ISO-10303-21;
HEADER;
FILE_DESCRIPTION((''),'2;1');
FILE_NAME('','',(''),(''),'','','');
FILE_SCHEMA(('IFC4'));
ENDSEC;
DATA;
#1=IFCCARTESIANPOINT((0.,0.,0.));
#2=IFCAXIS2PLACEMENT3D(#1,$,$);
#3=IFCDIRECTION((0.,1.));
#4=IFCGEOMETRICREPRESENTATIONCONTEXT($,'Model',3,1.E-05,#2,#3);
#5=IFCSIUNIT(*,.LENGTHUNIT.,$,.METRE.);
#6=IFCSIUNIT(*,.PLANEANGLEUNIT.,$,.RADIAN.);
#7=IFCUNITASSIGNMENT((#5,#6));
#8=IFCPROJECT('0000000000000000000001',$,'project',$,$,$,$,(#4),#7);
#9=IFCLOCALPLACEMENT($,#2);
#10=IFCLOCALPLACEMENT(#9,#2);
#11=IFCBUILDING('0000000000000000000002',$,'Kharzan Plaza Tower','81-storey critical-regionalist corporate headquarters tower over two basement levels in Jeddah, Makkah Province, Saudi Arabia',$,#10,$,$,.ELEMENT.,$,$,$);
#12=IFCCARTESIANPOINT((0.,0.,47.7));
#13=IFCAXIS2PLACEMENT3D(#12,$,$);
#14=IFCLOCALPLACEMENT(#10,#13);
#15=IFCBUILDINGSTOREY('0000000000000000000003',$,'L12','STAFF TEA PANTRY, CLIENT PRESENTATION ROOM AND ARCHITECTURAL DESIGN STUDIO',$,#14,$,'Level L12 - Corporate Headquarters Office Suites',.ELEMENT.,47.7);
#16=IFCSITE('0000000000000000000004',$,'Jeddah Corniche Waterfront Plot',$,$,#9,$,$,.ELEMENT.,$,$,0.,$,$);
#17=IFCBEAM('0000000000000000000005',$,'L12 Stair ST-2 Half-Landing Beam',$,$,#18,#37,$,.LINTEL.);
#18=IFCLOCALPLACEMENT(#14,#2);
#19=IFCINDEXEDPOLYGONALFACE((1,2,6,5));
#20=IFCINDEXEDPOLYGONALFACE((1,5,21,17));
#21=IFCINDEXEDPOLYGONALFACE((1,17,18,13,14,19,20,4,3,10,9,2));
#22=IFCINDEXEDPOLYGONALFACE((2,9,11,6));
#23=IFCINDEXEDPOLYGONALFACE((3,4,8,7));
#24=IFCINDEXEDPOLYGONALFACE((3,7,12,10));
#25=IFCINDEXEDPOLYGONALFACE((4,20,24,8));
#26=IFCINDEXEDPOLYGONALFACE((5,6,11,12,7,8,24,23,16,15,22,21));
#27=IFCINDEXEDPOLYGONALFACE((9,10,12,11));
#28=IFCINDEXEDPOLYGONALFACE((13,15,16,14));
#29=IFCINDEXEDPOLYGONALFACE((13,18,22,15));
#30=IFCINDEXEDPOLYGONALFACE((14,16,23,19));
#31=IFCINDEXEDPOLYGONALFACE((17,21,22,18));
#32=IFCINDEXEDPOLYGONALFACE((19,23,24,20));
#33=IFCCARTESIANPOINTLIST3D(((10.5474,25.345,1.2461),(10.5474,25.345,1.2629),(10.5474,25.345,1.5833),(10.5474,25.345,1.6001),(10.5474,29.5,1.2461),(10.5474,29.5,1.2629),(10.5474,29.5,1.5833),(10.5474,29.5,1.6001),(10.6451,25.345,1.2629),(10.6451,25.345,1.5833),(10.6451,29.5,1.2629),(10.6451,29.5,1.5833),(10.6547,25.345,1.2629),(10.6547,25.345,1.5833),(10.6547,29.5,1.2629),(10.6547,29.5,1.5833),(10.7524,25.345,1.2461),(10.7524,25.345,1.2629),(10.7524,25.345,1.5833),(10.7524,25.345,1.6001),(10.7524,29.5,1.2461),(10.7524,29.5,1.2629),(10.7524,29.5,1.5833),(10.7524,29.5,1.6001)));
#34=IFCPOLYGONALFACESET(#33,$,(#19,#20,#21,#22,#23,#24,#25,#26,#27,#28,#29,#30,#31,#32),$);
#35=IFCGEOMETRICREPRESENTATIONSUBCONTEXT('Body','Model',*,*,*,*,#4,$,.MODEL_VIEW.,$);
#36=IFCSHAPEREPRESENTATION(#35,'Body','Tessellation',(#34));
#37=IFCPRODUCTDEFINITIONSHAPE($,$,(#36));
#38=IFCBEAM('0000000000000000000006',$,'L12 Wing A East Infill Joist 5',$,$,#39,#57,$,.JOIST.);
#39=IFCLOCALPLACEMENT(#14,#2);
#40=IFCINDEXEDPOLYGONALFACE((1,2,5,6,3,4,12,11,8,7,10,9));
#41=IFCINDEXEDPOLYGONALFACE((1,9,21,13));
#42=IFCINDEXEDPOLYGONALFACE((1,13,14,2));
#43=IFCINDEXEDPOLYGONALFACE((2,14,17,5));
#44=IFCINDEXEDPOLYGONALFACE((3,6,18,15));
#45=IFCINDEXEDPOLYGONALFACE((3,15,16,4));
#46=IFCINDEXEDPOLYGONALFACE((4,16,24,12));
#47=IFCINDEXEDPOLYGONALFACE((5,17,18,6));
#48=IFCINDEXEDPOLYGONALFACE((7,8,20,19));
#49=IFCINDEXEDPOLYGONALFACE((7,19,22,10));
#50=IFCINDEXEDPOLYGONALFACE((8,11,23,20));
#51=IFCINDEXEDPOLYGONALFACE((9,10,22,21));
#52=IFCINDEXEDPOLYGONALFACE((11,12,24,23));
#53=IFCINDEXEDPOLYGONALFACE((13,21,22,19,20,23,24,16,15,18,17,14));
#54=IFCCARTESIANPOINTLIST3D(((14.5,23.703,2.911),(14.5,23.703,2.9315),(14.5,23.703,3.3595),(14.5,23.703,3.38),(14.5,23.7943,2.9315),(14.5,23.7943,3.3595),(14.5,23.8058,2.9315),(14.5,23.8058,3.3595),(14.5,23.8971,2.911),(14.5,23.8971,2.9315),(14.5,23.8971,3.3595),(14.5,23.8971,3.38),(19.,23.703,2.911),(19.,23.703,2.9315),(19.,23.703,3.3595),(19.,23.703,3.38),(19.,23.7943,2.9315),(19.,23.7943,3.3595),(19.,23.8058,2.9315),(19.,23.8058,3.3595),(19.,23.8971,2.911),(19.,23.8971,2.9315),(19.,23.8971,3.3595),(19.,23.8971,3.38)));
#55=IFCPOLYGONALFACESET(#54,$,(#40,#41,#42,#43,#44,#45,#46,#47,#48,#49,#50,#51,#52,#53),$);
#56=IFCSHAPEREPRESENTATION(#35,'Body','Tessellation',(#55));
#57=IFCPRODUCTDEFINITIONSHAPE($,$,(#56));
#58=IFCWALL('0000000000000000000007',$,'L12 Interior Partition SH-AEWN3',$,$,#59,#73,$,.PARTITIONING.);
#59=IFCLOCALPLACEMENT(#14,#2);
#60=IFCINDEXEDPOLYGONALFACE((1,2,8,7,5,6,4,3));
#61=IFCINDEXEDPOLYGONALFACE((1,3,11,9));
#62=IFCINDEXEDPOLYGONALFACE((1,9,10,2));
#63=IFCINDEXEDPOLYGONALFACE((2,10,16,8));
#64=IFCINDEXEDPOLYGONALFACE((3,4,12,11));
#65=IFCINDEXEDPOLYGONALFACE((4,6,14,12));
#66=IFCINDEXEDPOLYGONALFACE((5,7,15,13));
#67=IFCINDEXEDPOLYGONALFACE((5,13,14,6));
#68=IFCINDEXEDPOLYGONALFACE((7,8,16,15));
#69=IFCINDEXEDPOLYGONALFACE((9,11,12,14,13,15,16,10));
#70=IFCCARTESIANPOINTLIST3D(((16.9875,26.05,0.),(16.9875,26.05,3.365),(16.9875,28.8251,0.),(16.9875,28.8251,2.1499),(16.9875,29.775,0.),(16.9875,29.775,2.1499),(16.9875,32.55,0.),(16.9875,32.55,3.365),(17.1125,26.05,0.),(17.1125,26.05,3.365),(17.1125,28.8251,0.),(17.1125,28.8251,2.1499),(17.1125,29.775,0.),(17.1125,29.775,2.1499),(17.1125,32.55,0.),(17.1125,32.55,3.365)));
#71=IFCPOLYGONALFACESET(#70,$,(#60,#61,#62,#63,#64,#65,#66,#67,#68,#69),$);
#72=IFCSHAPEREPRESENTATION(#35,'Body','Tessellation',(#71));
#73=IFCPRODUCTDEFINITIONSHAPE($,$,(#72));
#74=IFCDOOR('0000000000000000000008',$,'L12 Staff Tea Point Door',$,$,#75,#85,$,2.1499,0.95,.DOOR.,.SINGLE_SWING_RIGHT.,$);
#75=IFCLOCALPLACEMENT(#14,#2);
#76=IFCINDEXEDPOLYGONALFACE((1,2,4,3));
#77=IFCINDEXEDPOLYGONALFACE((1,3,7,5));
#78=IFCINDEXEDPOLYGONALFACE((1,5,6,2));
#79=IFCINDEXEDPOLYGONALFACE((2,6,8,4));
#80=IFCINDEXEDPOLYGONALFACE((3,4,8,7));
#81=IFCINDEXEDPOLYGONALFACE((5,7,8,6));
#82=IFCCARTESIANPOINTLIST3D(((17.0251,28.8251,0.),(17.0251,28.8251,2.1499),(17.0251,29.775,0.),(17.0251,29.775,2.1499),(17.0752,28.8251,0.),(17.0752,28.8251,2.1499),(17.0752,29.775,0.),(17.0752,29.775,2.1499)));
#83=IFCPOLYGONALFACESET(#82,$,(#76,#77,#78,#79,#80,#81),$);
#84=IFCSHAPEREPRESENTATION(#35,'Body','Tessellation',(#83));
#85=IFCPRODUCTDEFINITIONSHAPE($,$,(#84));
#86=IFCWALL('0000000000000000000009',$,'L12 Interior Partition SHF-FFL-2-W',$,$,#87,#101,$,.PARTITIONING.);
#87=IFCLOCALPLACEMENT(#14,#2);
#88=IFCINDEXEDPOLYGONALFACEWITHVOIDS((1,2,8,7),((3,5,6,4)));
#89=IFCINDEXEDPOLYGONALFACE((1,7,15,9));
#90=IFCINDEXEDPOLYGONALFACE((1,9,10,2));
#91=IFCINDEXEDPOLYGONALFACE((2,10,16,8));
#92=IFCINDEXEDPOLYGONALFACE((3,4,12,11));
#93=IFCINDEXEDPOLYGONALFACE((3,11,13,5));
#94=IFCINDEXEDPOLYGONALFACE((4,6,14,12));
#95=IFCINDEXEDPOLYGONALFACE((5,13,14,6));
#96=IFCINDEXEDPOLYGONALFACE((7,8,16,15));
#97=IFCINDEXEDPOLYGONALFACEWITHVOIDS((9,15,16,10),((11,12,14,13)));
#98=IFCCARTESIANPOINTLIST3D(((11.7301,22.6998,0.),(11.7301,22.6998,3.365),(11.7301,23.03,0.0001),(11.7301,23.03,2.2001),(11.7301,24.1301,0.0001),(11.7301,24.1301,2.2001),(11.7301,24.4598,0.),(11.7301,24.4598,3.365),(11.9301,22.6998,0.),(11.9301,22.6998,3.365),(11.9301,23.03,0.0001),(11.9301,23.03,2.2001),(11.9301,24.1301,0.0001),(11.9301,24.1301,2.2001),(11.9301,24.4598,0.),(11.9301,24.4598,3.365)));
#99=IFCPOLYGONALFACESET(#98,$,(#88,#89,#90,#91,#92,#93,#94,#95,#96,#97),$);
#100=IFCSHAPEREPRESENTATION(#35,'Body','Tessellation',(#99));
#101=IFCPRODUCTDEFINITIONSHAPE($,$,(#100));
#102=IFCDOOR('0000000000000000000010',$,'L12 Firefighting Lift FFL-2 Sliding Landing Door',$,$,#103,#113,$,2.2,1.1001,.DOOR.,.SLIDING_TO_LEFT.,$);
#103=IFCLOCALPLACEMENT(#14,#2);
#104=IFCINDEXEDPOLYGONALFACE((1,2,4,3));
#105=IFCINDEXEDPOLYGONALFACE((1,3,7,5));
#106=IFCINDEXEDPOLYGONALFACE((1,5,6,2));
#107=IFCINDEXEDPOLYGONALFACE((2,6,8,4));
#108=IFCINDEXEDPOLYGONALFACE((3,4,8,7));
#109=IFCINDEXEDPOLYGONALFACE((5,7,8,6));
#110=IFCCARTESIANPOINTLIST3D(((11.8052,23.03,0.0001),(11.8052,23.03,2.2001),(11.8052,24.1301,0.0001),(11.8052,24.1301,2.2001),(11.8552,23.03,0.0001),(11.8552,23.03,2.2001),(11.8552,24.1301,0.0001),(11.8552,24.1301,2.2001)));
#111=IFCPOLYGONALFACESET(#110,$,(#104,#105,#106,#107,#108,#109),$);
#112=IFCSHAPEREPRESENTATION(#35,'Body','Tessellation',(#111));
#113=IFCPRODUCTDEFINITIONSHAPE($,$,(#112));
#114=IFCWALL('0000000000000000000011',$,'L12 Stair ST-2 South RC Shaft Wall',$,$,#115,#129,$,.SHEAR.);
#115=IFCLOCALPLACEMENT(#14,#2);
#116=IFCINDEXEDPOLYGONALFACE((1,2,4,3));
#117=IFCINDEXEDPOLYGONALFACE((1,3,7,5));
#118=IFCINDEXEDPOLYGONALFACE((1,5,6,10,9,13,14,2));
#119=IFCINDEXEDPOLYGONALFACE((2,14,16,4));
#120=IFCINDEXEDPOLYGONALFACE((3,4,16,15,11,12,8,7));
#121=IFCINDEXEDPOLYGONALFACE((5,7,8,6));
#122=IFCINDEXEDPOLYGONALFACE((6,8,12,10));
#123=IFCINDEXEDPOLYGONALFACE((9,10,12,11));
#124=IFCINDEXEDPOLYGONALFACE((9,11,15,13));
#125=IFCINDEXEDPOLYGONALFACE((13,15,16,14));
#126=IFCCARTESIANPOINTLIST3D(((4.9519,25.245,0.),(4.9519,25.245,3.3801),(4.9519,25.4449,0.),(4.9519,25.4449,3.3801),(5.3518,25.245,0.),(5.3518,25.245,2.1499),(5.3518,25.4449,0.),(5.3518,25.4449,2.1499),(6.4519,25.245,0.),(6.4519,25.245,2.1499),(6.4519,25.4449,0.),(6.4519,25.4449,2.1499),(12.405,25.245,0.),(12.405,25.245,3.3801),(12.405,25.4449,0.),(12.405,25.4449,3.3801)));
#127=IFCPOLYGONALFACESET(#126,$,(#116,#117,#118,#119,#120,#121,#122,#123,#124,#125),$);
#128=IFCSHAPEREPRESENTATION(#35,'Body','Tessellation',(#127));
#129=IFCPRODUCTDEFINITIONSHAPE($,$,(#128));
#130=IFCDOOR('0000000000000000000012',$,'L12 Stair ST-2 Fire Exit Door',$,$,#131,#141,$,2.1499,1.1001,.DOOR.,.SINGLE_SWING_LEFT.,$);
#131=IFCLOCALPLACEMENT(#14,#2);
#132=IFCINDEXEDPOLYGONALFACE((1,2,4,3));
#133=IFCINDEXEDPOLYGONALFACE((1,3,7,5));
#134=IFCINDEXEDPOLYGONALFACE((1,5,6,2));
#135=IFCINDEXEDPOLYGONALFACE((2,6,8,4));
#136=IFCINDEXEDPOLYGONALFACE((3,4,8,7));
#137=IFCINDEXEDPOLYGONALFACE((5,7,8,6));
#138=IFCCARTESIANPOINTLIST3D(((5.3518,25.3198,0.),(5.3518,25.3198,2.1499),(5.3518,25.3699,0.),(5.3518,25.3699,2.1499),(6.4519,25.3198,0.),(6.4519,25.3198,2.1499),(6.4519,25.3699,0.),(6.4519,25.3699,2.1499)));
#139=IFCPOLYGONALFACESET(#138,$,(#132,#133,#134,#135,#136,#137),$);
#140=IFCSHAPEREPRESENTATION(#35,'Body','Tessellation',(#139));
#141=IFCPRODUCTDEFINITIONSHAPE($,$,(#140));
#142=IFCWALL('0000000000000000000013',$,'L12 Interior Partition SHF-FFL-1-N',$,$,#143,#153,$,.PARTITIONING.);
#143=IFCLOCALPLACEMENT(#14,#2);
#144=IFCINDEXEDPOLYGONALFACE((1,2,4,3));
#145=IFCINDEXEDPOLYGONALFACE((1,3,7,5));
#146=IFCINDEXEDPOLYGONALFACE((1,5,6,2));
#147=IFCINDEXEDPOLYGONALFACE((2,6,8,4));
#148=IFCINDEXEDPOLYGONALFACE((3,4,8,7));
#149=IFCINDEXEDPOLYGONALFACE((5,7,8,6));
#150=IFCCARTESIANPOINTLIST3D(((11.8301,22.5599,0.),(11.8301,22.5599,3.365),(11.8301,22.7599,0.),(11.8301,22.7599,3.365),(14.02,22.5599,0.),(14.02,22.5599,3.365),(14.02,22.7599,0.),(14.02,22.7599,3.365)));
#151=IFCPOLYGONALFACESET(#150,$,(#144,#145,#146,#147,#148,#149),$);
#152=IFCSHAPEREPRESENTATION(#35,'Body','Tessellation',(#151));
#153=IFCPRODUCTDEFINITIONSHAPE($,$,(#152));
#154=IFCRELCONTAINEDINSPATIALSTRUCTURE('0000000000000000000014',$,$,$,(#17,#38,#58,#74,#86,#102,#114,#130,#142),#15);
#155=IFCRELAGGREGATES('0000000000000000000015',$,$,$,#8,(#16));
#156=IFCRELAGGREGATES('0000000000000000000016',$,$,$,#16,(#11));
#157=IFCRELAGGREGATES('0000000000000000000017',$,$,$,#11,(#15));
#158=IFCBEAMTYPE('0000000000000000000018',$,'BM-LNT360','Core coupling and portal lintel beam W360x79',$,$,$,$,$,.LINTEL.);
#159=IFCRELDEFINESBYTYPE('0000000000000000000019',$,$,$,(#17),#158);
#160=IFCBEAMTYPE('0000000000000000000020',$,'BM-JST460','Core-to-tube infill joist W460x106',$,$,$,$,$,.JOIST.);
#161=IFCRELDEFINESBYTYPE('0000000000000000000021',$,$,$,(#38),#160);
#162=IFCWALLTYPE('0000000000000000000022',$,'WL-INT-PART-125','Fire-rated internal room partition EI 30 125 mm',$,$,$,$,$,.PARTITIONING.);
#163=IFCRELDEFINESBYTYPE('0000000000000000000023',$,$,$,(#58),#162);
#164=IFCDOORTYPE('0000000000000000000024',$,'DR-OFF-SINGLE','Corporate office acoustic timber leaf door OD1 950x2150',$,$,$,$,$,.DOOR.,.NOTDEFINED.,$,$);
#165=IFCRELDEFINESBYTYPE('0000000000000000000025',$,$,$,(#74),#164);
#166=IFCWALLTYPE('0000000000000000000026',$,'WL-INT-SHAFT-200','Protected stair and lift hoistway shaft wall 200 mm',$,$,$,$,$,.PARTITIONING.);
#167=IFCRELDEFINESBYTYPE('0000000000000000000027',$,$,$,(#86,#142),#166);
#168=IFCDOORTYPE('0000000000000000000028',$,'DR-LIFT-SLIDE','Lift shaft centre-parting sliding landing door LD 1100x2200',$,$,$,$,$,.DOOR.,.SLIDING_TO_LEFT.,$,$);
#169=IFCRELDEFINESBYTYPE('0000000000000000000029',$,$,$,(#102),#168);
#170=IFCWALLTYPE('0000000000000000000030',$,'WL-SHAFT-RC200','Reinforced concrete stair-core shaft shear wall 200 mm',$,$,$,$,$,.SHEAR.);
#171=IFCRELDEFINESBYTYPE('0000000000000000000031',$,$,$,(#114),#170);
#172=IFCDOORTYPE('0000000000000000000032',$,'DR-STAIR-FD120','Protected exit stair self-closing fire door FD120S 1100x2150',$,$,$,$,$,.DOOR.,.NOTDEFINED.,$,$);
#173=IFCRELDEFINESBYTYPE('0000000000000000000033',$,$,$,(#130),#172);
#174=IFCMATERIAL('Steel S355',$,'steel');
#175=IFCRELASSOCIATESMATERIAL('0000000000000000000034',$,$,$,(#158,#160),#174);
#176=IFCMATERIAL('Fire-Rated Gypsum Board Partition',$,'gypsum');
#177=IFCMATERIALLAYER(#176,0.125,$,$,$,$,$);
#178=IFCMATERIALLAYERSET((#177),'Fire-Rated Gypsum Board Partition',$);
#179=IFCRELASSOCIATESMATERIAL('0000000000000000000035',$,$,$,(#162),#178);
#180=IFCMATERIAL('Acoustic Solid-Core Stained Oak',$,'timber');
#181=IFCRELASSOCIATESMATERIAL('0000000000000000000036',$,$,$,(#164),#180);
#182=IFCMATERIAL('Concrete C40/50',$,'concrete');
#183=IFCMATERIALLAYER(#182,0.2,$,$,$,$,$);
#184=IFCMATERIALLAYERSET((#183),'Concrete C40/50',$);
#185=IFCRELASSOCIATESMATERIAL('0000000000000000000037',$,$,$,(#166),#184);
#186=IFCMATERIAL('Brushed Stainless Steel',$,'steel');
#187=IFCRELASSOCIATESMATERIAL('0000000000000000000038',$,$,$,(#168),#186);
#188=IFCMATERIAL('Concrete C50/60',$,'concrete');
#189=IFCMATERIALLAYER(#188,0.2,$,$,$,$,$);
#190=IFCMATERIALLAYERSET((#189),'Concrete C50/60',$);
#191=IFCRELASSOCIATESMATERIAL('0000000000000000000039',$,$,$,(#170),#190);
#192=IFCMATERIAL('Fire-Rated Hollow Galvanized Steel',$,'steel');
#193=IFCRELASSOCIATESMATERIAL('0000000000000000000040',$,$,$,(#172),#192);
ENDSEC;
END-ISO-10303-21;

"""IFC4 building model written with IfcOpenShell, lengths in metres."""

from ifc_helpers import new_model, si_unit, direction, frame, frame_2d, origin, origin_2d, place, context, subcontext, project, spatial, rectangle, i_section, extrude, source, transform, mapped, material, layer, layer_set, material_profile, profile_set, type_object, element, fill, save


model = new_model("IFC4")

# Units and contexts
model_context = context("Model", 3, precision=1e-05, world=origin(), true_north=direction((0.0, 1.0)))
body_context = subcontext(model_context, "Body", "Model", "MODEL_VIEW")
ifc_project = project(units=[si_unit("LENGTHUNIT", "METRE"), si_unit("PLANEANGLEUNIT", "RADIAN")], contexts=[model_context])

# Site, building, storey
site_placement = place(None, origin())
site = spatial("IfcSite", under=ifc_project, at=site_placement, Name="Jeddah Corniche Waterfront Plot", CompositionType="ELEMENT", RefElevation=0.0)
building_placement = place(site_placement, origin())
building = spatial("IfcBuilding", under=site, at=building_placement, Name="Kharzan Plaza Tower", Description="81-storey critical-regionalist corporate headquarters tower over two basement levels in Jeddah, Makkah Province, Saudi Arabia", CompositionType="ELEMENT")
storey_placement = place(building_placement, frame((0.0, 0.0, 47.7)))
storey = spatial("IfcBuildingStorey", under=building, at=storey_placement, Name="L12", Description="STAFF TEA PANTRY, CLIENT PRESENTATION ROOM AND ARCHITECTURAL DESIGN STUDIO", LongName="Level L12 - Corporate Headquarters Office Suites", CompositionType="ELEMENT", Elevation=47.7)

# Beams
ifc_material_1 = material(Name="Steel S355", Category="steel")
ifc_material_profile_1 = material_profile(ifc_material_1, i_section(OverallWidth=0.2051, OverallDepth=0.354, WebThickness=0.0095, FlangeThickness=0.0168, at=origin_2d()), Name="W360x79")
ifc_profile_set_1 = profile_set([ifc_material_profile_1], Name="Steel S355")
beam_type_1 = type_object("IfcBeamType", Name="BM-LNT360", Description="Core coupling and portal lintel beam W360x79", PredefinedType="LINTEL", material=ifc_profile_set_1)
shared_shape_1 = source(origin(), body_context, "Body", "SweptSolid", [
    extrude(i_section(OverallWidth=0.2051, OverallDepth=0.354, WebThickness=0.0095, FlangeThickness=0.0168, at=origin_2d()), origin(), (0.0, 0.0, 1.0), 4.155),
])
beam_1_placement = place(storey_placement, frame((10.6499, 25.345, 1.4231), z_axis=(0.0, 1.0, 0.0), x_axis=(-1.0, 0.0, 0.0)))
element("IfcBeam", 1, at=beam_1_placement, inside=storey, type_object=beam_type_1, Name="L12 Stair ST-2 Half-Landing Beam", PredefinedType="LINTEL", context=body_context, shape_type="MappedRepresentation", body=[
    mapped(shared_shape_1, transform((0.0, 0.0, 0.0), x_axis=(1.0, 0.0, 0.0), y_axis=(0.0, 1.0, 0.0), z_axis=(0.0, 0.0, 1.0))),
])
ifc_material_profile_2 = material_profile(ifc_material_1, i_section(OverallWidth=0.1941, OverallDepth=0.469, WebThickness=0.0115, FlangeThickness=0.0205, at=origin_2d()), Name="W460x106")
ifc_profile_set_2 = profile_set([ifc_material_profile_2], Name="Steel S355")
beam_type_2 = type_object("IfcBeamType", Name="BM-JST460", Description="Core-to-tube infill joist W460x106", PredefinedType="JOIST", material=ifc_profile_set_2)
shared_shape_2 = source(origin(), body_context, "Body", "SweptSolid", [
    extrude(i_section(OverallWidth=0.1941, OverallDepth=0.469, WebThickness=0.0115, FlangeThickness=0.0205, at=origin_2d()), origin(), (0.0, 0.0, 1.0), 4.5),
])
beam_2_placement = place(storey_placement, frame((14.5, 23.8, 3.1455), z_axis=(1.0, 0.0, 0.0), x_axis=(0.0, 1.0, 0.0)))
element("IfcBeam", 2, at=beam_2_placement, inside=storey, type_object=beam_type_2, Name="L12 Wing A East Infill Joist 5", PredefinedType="JOIST", context=body_context, shape_type="MappedRepresentation", body=[
    mapped(shared_shape_2, transform((0.0, 0.0, 0.0), x_axis=(1.0, 0.0, 0.0), y_axis=(0.0, 1.0, 0.0), z_axis=(0.0, 0.0, 1.0))),
])

# Walls, openings, doors
ifc_material_2 = material(Name="Fire-Rated Gypsum Board Partition", Category="gypsum")
ifc_layer_1 = layer(ifc_material_2, 0.125)
ifc_layer_set_1 = layer_set([ifc_layer_1], Name="Fire-Rated Gypsum Board Partition")
wall_type_1 = type_object("IfcWallType", Name="WL-INT-PART-125", Description="Fire-rated internal room partition EI 30 125 mm", PredefinedType="PARTITIONING", material=ifc_layer_set_1)
wall_1_placement = place(storey_placement, frame((17.05, 26.05, 0.0), z_axis=(0.0, 0.0, 1.0), x_axis=(0.0, 1.0, 0.0)))
wall_1 = element("IfcWall", 3, at=wall_1_placement, inside=storey, type_object=wall_type_1, Name="L12 Interior Partition SH-AEWN3", PredefinedType="PARTITIONING", context=body_context, shape_type="SweptSolid", body=[
    extrude(rectangle(XDim=6.5, YDim=0.125, at=frame_2d((3.25, 0.0))), origin(), (0.0, 0.0, 1.0), 3.365),
])
opening_1_placement = place(wall_1_placement, frame((2.7749, 0.0, 0.0)))
opening_1 = element("IfcOpeningElement", 4, at=opening_1_placement, cuts=wall_1, PredefinedType="OPENING", context=body_context, shape_type="SweptSolid", body=[
    extrude(rectangle(XDim=0.95, YDim=2.1499, at=frame_2d((0.4751, 1.075))), frame((0.0, 0.0725, 0.0), z_axis=(0.0, -1.0, 0.0), x_axis=(1.0, 0.0, 0.0)), (0.0, 0.0, 1.0), 0.145),
])
ifc_material_3 = material(Name="Acoustic Solid-Core Stained Oak", Category="timber")
door_type_1 = type_object("IfcDoorType", Name="DR-OFF-SINGLE", Description="Corporate office acoustic timber leaf door OD1 950x2150", OperationType="NOTDEFINED", PredefinedType="DOOR", material=ifc_material_3)
shared_shape_3 = source(origin(), body_context, "Body", "SweptSolid", [
    extrude(rectangle(XDim=0.95, YDim=2.1499, at=frame_2d((0.4751, 1.075))), frame((0.0, 0.0249, 0.0), z_axis=(0.0, -1.0, 0.0), x_axis=(1.0, 0.0, 0.0)), (0.0, 0.0, 1.0), 0.05),
])
door_1_placement = place(opening_1_placement, origin())
door_1 = element("IfcDoor", 5, at=door_1_placement, inside=storey, type_object=door_type_1, Name="L12 Staff Tea Point Door", OperationType="SINGLE_SWING_RIGHT", OverallHeight=2.1499, OverallWidth=0.95, PredefinedType="DOOR", context=body_context, shape_type="MappedRepresentation", body=[
    mapped(shared_shape_3, transform((0.0, 0.0, 0.0), x_axis=(1.0, 0.0, 0.0), y_axis=(0.0, 1.0, 0.0), z_axis=(0.0, 0.0, 1.0))),
])
fill(opening_1, door_1)
ifc_material_4 = material(Name="Concrete C40/50", Category="concrete")
ifc_layer_2 = layer(ifc_material_4, 0.2)
ifc_layer_set_2 = layer_set([ifc_layer_2], Name="Concrete C40/50")
wall_type_2 = type_object("IfcWallType", Name="WL-INT-SHAFT-200", Description="Protected stair and lift hoistway shaft wall 200 mm", PredefinedType="PARTITIONING", material=ifc_layer_set_2)
wall_2_placement = place(storey_placement, frame((11.8301, 22.7, 0.0), z_axis=(0.0, 0.0, 1.0), x_axis=(0.0, 1.0, 0.0)))
wall_2 = element("IfcWall", 6, at=wall_2_placement, inside=storey, type_object=wall_type_2, Name="L12 Interior Partition SHF-FFL-2-W", PredefinedType="PARTITIONING", context=body_context, shape_type="SweptSolid", body=[
    extrude(rectangle(XDim=1.76, YDim=0.2, at=frame_2d((0.8799, 0.0))), origin(), (0.0, 0.0, 1.0), 3.365),
])
opening_2_placement = place(wall_2_placement, frame((0.3301, 0.0, 0.0)))
opening_2 = element("IfcOpeningElement", 7, at=opening_2_placement, cuts=wall_2, PredefinedType="OPENING", context=body_context, shape_type="SweptSolid", body=[
    extrude(rectangle(XDim=1.1001, YDim=2.2, at=frame_2d((0.55, 1.1001))), frame((0.0, 0.1099, 0.0), z_axis=(0.0, -1.0, 0.0), x_axis=(1.0, 0.0, 0.0)), (0.0, 0.0, 1.0), 0.22),
])
ifc_material_5 = material(Name="Brushed Stainless Steel", Category="steel")
door_type_2 = type_object("IfcDoorType", Name="DR-LIFT-SLIDE", Description="Lift shaft centre-parting sliding landing door LD 1100x2200", OperationType="SLIDING_TO_LEFT", PredefinedType="DOOR", material=ifc_material_5)
shared_shape_4 = source(origin(), body_context, "Body", "SweptSolid", [
    extrude(rectangle(XDim=1.1001, YDim=2.2, at=frame_2d((0.55, 1.1001))), frame((0.0, 0.0249, 0.0), z_axis=(0.0, -1.0, 0.0), x_axis=(1.0, 0.0, 0.0)), (0.0, 0.0, 1.0), 0.05),
])
door_2_placement = place(opening_2_placement, origin())
door_2 = element("IfcDoor", 8, at=door_2_placement, inside=storey, type_object=door_type_2, Name="L12 Firefighting Lift FFL-2 Sliding Landing Door", OperationType="SLIDING_TO_LEFT", OverallHeight=2.2, OverallWidth=1.1001, PredefinedType="DOOR", context=body_context, shape_type="MappedRepresentation", body=[
    mapped(shared_shape_4, transform((0.0, 0.0, 0.0), x_axis=(1.0, 0.0, 0.0), y_axis=(0.0, 1.0, 0.0), z_axis=(0.0, 0.0, 1.0))),
])
fill(opening_2, door_2)
ifc_material_6 = material(Name="Concrete C50/60", Category="concrete")
ifc_layer_3 = layer(ifc_material_6, 0.2)
ifc_layer_set_3 = layer_set([ifc_layer_3], Name="Concrete C50/60")
wall_type_3 = type_object("IfcWallType", Name="WL-SHAFT-RC200", Description="Reinforced concrete stair-core shaft shear wall 200 mm", PredefinedType="SHEAR", material=ifc_layer_set_3)
wall_3_placement = place(storey_placement, frame((4.9519, 25.345, 0.0), z_axis=(0.0, 0.0, 1.0), x_axis=(1.0, 0.0, 0.0)))
wall_3 = element("IfcWall", 9, at=wall_3_placement, inside=storey, type_object=wall_type_3, Name="L12 Stair ST-2 South RC Shaft Wall", PredefinedType="SHEAR", context=body_context, shape_type="SweptSolid", body=[
    extrude(rectangle(XDim=7.4531, YDim=0.2, at=frame_2d((3.7266, 0.0))), origin(), (0.0, 0.0, 1.0), 3.3801),
])
opening_3_placement = place(wall_3_placement, frame((0.3999, 0.0, 0.0)))
opening_3 = element("IfcOpeningElement", 10, at=opening_3_placement, cuts=wall_3, PredefinedType="OPENING", context=body_context, shape_type="SweptSolid", body=[
    extrude(rectangle(XDim=1.1001, YDim=2.1499, at=frame_2d((0.55, 1.075))), frame((0.0, 0.1099, 0.0), z_axis=(0.0, -1.0, 0.0), x_axis=(1.0, 0.0, 0.0)), (0.0, 0.0, 1.0), 0.22),
])
ifc_material_7 = material(Name="Fire-Rated Hollow Galvanized Steel", Category="steel")
door_type_3 = type_object("IfcDoorType", Name="DR-STAIR-FD120", Description="Protected exit stair self-closing fire door FD120S 1100x2150", OperationType="NOTDEFINED", PredefinedType="DOOR", material=ifc_material_7)
shared_shape_5 = source(origin(), body_context, "Body", "SweptSolid", [
    extrude(rectangle(XDim=1.1001, YDim=2.1499, at=frame_2d((0.55, 1.075))), frame((0.0, 0.0249, 0.0), z_axis=(0.0, -1.0, 0.0), x_axis=(1.0, 0.0, 0.0)), (0.0, 0.0, 1.0), 0.05),
])
door_3_placement = place(opening_3_placement, origin())
door_3 = element("IfcDoor", 11, at=door_3_placement, inside=storey, type_object=door_type_3, Name="L12 Stair ST-2 Fire Exit Door", OperationType="SINGLE_SWING_LEFT", OverallHeight=2.1499, OverallWidth=1.1001, PredefinedType="DOOR", context=body_context, shape_type="MappedRepresentation", body=[
    mapped(shared_shape_5, transform((0.0, 0.0, 0.0), x_axis=(1.0, 0.0, 0.0), y_axis=(0.0, 1.0, 0.0), z_axis=(0.0, 0.0, 1.0))),
])
fill(opening_3, door_3)

# Wall
shared_shape_6 = source(origin(), body_context, "Body", "SweptSolid", [
    extrude(rectangle(XDim=2.1899, YDim=0.2, at=frame_2d((1.095, 0.0))), origin(), (0.0, 0.0, 1.0), 3.365),
])
for number, where, z_axis, x_axis, name in (
    (12, (11.8301, 22.6599, 0.0), (0.0, 0.0, 1.0), (1.0, 0.0, 0.0), "L12 Interior Partition SHF-FFL-1-N"),
):
    element("IfcWall", number, at=place(storey_placement, frame(where, z_axis=z_axis, x_axis=x_axis)), inside=storey, type_object=wall_type_2, Name=name, PredefinedType="PARTITIONING", context=body_context, shape_type="MappedRepresentation", body=[
        mapped(shared_shape_6, transform((0.0, 0.0, 0.0), x_axis=(1.0, 0.0, 0.0), y_axis=(0.0, 1.0, 0.0), z_axis=(0.0, 0.0, 1.0))),
    ])

save(model, "model.ifc")
